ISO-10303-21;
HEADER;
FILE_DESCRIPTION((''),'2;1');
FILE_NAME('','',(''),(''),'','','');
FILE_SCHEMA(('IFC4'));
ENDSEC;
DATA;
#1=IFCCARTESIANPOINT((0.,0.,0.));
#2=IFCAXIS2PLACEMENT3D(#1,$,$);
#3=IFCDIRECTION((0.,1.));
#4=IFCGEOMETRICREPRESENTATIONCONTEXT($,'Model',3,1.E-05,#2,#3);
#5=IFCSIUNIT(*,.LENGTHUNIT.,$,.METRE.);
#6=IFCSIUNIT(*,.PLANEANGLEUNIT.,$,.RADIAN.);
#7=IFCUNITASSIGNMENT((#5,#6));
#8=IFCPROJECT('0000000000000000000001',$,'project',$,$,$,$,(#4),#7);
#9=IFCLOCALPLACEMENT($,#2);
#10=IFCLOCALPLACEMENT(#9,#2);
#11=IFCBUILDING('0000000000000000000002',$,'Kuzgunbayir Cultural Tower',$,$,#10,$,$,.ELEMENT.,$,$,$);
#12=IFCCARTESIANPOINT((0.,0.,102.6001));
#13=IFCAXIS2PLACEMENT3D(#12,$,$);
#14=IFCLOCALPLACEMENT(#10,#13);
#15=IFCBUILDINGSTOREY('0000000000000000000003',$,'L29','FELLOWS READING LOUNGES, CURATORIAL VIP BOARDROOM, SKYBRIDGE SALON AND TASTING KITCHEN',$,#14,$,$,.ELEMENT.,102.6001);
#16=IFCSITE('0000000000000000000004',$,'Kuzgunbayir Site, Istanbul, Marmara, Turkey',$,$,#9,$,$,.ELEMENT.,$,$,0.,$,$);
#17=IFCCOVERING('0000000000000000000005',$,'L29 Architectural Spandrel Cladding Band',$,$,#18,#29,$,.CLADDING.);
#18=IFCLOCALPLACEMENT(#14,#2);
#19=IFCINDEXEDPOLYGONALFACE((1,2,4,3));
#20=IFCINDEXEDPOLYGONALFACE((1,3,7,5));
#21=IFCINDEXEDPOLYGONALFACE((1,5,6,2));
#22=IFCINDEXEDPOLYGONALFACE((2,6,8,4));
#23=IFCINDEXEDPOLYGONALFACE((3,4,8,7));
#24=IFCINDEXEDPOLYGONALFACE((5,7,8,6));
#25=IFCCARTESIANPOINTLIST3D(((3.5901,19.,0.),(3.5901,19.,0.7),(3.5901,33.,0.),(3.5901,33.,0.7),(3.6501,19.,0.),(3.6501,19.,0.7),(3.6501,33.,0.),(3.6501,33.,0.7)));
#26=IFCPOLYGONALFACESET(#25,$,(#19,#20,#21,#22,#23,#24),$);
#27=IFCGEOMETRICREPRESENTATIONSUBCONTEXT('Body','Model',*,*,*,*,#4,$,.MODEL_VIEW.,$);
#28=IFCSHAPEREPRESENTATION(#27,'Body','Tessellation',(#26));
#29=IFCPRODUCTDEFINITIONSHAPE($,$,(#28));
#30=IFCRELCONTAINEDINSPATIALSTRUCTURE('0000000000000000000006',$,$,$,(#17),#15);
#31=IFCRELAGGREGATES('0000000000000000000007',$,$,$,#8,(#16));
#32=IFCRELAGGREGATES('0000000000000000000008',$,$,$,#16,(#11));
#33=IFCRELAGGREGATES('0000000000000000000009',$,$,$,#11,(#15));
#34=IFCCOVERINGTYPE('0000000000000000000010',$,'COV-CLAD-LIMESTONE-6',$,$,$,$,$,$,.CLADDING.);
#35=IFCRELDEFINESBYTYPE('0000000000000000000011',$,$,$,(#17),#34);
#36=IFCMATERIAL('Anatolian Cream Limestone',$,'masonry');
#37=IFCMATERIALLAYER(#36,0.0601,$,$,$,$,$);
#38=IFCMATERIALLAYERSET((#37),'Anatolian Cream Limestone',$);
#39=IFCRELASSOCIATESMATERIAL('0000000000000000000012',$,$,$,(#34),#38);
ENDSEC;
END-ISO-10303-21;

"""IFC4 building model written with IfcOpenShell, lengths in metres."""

from ifc_helpers import new_model, si_unit, direction, frame, origin, origin_2d, place, context, subcontext, project, spatial, rectangle, extrude, material, layer, layer_set, type_object, element, save


model = new_model("IFC4")

# Units and contexts
model_context = context("Model", 3, precision=1e-05, world=origin(), true_north=direction((0.0, 1.0)))
body_context = subcontext(model_context, "Body", "Model", "MODEL_VIEW")
ifc_project = project(units=[si_unit("LENGTHUNIT", "METRE"), si_unit("PLANEANGLEUNIT", "RADIAN")], contexts=[model_context])

# Site, building, storey
site_placement = place(None, origin())
site = spatial("IfcSite", under=ifc_project, at=site_placement, Name="Kuzgunbayir Site, Istanbul, Marmara, Turkey", CompositionType="ELEMENT", RefElevation=0.0)
building_placement = place(site_placement, origin())
building = spatial("IfcBuilding", under=site, at=building_placement, Name="Kuzgunbayir Cultural Tower", CompositionType="ELEMENT")
storey_placement = place(building_placement, frame((0.0, 0.0, 102.6001)))
storey = spatial("IfcBuildingStorey", under=building, at=storey_placement, Name="L29", Description="FELLOWS READING LOUNGES, CURATORIAL VIP BOARDROOM, SKYBRIDGE SALON AND TASTING KITCHEN", CompositionType="ELEMENT", Elevation=102.6001)

# Covering
ifc_material_1 = material(Name="Anatolian Cream Limestone", Category="masonry")
ifc_layer_1 = layer(ifc_material_1, 0.0601)
ifc_layer_set_1 = layer_set([ifc_layer_1], Name="Anatolian Cream Limestone")
covering_type = type_object("IfcCoveringType", Name="COV-CLAD-LIMESTONE-6", PredefinedType="CLADDING", material=ifc_layer_set_1)
covering_placement = place(storey_placement, frame((3.6201, 26.0, 0.0), z_axis=(0.0, 0.0, 1.0), x_axis=(1.0, 0.0, 0.0)))
element("IfcCovering", 1, at=covering_placement, inside=storey, type_object=covering_type, Name="L29 Architectural Spandrel Cladding Band", PredefinedType="CLADDING", context=body_context, shape_type="SweptSolid", body=[
    extrude(rectangle(XDim=0.0601, YDim=14.0, at=origin_2d()), origin(), (0.0, 0.0, 1.0), 0.7),
])

save(model, "model.ifc")
